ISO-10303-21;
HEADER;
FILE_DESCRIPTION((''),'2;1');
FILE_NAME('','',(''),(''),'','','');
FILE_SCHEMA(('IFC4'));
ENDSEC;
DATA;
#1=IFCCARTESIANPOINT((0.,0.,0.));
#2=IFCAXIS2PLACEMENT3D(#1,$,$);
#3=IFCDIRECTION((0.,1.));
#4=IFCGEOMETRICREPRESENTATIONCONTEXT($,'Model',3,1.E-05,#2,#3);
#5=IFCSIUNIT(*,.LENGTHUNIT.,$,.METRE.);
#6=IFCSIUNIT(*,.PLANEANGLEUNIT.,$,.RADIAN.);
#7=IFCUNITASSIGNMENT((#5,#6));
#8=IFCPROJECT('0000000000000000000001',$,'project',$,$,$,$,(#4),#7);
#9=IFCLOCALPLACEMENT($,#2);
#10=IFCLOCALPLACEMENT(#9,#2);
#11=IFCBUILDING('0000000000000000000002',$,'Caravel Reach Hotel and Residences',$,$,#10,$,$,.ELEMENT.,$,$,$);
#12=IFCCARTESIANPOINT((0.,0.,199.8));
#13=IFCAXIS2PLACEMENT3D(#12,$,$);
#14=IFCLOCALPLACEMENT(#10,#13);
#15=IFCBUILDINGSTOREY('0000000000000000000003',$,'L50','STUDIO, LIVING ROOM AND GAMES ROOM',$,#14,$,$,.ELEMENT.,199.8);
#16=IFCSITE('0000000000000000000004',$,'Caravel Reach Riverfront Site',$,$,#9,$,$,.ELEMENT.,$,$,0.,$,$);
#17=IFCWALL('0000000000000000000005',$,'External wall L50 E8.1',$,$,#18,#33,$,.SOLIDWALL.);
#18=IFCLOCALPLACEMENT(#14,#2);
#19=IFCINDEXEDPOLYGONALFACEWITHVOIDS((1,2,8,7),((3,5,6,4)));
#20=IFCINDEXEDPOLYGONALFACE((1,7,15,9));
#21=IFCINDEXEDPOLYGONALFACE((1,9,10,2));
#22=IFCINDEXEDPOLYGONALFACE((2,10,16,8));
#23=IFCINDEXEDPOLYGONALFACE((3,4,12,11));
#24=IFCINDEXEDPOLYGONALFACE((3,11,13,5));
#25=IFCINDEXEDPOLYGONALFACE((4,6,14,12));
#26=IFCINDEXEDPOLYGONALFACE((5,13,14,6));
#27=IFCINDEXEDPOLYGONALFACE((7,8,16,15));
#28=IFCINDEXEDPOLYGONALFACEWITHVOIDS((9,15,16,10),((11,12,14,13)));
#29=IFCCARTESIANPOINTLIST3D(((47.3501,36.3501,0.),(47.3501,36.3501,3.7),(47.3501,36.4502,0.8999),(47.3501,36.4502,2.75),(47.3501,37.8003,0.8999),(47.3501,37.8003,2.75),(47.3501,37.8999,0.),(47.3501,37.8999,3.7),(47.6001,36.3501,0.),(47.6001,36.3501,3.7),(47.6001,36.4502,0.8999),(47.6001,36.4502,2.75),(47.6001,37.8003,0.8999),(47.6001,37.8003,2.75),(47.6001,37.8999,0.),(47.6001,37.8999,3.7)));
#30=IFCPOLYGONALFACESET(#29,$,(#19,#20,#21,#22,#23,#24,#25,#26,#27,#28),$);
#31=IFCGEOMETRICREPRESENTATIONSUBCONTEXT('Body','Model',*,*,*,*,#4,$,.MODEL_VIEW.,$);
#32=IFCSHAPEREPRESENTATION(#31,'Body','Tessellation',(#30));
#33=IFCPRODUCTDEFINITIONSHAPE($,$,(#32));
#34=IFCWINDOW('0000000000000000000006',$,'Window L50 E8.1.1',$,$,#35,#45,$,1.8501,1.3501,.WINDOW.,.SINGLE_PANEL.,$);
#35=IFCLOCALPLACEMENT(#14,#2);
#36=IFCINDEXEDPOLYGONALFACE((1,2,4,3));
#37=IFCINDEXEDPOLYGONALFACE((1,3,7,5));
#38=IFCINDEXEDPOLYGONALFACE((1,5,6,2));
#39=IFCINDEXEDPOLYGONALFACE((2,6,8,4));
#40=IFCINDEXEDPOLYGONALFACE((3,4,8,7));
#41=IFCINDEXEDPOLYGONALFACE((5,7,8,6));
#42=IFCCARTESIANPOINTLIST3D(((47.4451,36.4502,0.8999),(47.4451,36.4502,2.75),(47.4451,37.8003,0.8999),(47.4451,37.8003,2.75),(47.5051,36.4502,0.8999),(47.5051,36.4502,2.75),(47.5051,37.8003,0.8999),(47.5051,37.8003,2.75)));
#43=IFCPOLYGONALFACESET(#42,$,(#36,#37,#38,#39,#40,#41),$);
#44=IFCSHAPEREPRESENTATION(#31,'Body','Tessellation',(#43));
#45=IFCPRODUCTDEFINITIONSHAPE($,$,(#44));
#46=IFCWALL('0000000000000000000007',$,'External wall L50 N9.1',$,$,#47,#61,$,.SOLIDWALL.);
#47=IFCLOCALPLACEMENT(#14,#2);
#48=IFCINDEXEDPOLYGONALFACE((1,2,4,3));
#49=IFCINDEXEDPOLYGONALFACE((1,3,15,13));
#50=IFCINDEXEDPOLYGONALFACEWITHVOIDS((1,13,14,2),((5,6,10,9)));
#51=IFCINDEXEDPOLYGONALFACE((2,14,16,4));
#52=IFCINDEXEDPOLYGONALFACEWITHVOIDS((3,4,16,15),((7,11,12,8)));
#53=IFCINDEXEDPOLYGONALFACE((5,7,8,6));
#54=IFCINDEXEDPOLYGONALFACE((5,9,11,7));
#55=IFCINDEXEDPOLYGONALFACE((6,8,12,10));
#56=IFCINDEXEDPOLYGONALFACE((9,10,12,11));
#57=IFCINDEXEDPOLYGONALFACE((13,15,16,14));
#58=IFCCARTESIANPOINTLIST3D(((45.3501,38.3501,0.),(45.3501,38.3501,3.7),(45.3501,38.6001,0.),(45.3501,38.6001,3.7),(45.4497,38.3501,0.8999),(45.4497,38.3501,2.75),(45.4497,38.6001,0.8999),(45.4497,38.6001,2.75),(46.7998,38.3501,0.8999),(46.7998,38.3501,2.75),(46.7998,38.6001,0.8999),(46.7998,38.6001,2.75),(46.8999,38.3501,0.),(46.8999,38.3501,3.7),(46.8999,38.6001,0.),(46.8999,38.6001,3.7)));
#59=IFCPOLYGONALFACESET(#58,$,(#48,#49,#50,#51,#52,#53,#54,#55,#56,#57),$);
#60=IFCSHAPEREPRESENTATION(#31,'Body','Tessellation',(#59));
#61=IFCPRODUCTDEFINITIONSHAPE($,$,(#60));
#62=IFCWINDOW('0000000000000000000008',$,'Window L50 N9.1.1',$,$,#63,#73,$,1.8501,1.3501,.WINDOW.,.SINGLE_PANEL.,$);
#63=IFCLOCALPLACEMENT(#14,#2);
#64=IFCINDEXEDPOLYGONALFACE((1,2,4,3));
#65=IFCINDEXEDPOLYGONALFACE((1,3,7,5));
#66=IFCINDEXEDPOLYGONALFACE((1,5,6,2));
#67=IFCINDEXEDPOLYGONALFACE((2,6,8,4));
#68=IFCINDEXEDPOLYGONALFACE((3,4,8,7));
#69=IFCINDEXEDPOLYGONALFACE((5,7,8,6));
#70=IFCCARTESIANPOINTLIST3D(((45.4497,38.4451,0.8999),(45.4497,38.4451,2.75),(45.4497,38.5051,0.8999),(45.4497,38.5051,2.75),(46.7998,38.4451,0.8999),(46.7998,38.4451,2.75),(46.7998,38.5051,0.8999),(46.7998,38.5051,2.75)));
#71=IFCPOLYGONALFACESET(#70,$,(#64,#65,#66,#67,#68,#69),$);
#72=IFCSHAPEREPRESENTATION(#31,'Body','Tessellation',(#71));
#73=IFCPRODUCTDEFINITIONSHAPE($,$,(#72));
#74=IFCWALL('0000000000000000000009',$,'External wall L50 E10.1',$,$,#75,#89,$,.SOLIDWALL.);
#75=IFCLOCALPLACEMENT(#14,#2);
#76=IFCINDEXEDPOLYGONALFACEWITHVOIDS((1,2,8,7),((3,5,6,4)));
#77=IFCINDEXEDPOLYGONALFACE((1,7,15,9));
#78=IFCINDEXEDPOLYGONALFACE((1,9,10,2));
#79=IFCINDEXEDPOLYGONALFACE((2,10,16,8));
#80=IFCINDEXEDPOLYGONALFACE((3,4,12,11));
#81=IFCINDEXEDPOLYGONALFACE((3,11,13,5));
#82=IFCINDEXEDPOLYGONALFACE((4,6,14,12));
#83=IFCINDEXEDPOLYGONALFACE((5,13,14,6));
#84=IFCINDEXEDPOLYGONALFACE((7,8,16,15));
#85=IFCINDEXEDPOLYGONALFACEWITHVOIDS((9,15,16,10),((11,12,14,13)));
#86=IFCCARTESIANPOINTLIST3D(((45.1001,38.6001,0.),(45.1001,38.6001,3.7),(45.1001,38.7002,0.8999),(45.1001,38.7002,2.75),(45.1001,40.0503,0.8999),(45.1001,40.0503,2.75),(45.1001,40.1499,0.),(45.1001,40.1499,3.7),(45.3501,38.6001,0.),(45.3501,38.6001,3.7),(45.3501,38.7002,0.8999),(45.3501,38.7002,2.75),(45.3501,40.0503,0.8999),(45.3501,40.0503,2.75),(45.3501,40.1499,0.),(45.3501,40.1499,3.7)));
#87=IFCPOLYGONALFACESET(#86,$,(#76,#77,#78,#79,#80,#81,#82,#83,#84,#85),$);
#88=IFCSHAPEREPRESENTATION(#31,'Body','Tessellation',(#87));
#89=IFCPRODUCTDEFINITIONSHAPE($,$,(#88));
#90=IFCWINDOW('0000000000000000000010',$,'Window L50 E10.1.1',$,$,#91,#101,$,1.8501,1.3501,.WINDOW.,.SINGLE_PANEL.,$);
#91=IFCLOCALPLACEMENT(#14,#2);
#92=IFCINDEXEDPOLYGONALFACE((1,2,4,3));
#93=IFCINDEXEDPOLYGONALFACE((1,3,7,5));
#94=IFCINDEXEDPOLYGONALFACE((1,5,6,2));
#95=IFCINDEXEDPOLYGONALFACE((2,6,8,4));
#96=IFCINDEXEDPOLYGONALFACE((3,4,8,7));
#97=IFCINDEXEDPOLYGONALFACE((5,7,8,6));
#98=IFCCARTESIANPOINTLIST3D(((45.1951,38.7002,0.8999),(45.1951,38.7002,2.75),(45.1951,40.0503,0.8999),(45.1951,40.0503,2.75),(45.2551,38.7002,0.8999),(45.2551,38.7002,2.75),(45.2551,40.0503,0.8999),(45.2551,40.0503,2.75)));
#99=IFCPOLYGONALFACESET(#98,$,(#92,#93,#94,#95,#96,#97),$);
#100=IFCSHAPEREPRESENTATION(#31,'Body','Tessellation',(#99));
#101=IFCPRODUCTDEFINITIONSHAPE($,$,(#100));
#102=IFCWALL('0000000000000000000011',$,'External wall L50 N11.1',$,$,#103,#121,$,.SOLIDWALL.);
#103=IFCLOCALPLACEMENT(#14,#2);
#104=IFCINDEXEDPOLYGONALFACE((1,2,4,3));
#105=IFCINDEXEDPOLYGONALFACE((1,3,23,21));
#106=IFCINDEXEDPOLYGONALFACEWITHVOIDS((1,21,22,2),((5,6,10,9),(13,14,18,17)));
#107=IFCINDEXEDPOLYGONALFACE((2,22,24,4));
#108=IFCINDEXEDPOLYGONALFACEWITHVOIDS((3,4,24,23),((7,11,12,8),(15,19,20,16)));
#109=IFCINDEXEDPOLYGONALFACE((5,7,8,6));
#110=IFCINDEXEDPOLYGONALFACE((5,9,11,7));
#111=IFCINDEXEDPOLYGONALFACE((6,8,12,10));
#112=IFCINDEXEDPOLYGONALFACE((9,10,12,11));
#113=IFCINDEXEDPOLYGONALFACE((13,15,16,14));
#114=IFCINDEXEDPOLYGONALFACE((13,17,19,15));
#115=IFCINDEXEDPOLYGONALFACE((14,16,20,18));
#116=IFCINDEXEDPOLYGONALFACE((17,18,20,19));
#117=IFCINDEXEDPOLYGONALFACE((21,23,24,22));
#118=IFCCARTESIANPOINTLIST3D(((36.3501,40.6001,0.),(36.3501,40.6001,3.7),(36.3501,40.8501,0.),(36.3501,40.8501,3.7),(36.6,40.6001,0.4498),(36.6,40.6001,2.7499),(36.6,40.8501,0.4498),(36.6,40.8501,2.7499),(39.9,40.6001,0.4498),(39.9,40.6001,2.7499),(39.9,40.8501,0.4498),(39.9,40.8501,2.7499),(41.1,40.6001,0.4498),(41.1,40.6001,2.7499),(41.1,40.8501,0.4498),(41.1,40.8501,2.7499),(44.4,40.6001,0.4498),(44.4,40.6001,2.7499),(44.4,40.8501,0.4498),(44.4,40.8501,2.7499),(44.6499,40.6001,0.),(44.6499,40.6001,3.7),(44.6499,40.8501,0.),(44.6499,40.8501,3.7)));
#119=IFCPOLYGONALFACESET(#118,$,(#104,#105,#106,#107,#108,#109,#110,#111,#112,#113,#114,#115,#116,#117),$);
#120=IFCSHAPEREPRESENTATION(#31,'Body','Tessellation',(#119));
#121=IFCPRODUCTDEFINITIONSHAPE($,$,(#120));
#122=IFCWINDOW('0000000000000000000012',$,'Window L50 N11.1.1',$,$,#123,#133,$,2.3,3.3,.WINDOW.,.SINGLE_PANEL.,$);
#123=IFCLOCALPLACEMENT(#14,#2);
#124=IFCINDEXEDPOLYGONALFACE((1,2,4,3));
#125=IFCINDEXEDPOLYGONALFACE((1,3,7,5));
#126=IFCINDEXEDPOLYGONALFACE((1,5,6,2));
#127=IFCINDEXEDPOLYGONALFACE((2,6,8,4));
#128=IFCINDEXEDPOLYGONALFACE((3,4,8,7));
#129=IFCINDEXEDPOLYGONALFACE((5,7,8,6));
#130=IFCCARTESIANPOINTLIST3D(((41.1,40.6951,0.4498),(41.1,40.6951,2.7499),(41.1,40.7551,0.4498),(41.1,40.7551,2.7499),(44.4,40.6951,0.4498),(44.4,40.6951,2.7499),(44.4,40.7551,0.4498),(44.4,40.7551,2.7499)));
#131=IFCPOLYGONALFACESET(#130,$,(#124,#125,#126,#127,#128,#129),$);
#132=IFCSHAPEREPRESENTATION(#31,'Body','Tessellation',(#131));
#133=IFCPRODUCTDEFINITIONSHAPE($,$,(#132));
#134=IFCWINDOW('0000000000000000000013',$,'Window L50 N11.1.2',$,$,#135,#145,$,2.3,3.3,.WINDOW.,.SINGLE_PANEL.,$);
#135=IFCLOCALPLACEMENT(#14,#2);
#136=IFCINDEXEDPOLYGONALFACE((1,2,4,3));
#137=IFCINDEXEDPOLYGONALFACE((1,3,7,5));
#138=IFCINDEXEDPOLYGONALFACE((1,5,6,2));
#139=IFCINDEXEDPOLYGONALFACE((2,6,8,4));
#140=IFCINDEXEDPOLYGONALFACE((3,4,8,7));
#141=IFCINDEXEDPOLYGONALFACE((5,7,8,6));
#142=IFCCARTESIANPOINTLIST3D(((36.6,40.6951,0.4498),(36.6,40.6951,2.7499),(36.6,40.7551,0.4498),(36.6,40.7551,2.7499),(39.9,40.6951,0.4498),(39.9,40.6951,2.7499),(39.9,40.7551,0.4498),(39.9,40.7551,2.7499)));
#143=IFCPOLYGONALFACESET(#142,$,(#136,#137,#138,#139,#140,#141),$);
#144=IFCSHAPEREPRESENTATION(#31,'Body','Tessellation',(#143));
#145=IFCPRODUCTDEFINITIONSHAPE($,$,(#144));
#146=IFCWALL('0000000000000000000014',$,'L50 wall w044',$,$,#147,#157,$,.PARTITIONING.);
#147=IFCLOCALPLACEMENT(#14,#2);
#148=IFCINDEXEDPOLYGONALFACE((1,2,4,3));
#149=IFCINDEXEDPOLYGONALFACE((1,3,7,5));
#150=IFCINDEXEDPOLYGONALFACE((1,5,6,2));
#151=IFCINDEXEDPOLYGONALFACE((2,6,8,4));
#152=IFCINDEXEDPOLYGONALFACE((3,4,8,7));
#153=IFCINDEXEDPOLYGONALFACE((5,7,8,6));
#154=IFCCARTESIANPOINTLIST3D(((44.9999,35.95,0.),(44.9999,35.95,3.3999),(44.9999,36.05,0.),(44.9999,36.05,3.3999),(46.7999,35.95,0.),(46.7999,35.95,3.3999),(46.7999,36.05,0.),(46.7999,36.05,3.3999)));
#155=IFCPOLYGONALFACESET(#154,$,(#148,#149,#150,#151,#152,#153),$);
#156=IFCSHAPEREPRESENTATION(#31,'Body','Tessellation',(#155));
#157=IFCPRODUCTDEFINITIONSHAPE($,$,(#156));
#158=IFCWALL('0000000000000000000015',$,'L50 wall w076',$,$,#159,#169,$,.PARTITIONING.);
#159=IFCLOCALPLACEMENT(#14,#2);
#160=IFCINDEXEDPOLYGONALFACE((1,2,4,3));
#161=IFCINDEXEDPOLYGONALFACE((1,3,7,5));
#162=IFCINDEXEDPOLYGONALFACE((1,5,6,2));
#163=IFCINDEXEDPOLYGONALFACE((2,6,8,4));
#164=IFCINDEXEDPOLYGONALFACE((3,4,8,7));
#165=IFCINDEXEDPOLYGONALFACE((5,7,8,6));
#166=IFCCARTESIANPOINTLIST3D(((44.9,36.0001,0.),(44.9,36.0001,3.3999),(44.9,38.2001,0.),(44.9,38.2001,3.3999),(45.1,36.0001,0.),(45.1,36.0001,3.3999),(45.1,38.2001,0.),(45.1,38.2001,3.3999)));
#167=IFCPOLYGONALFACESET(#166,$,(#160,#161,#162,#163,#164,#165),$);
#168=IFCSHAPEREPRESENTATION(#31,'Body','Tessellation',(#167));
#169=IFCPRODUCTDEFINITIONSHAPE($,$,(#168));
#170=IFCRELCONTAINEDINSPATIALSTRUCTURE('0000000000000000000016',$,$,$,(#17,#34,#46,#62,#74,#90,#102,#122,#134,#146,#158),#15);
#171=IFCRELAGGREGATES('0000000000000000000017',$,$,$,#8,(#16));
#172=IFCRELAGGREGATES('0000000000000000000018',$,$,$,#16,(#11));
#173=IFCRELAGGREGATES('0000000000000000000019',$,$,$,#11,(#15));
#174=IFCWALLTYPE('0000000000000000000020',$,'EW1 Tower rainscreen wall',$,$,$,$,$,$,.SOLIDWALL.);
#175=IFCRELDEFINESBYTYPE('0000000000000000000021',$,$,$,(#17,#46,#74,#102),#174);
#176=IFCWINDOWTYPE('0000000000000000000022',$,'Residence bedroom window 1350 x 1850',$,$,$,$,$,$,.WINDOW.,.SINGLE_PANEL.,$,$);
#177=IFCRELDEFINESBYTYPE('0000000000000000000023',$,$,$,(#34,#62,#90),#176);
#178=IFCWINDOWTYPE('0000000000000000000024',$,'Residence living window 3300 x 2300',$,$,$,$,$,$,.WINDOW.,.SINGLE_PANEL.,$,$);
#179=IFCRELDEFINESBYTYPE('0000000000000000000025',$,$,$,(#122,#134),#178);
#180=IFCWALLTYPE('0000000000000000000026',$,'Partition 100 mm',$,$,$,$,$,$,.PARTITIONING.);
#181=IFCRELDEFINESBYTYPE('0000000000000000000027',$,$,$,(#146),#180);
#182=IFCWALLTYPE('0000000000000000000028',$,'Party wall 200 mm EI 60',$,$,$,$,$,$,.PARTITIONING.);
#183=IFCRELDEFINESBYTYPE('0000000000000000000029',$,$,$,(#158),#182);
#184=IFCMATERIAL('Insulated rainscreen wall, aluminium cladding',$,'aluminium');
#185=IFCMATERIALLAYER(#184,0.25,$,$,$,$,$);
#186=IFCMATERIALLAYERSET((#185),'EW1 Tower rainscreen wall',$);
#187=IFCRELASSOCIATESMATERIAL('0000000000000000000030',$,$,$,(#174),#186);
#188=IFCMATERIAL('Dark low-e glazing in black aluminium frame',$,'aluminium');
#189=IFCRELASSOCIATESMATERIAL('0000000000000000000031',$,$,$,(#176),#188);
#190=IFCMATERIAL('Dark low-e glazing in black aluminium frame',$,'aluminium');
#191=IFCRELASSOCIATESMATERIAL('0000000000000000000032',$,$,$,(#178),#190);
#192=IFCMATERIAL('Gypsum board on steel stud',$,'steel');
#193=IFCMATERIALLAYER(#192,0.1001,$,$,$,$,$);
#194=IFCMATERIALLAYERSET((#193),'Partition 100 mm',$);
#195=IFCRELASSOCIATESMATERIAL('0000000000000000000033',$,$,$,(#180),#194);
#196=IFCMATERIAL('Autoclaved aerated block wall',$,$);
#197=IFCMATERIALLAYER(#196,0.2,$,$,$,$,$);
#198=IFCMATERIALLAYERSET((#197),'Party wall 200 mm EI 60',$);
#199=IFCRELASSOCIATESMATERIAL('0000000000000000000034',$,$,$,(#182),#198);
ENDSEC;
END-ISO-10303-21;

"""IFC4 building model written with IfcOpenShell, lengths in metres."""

from ifc_helpers import new_model, si_unit, direction, frame, frame_2d, origin, place, context, subcontext, project, spatial, rectangle, extrude, material, layer, layer_set, type_object, element, fill, save


model = new_model("IFC4")

# Units and contexts
model_context = context("Model", 3, precision=1e-05, world=origin(), true_north=direction((0.0, 1.0)))
body_context = subcontext(model_context, "Body", "Model", "MODEL_VIEW")
ifc_project = project(units=[si_unit("LENGTHUNIT", "METRE"), si_unit("PLANEANGLEUNIT", "RADIAN")], contexts=[model_context])

# Site, building, storey
site_placement = place(None, origin())
site = spatial("IfcSite", under=ifc_project, at=site_placement, Name="Caravel Reach Riverfront Site", CompositionType="ELEMENT", RefElevation=0.0)
building_placement = place(site_placement, origin())
building = spatial("IfcBuilding", under=site, at=building_placement, Name="Caravel Reach Hotel and Residences", CompositionType="ELEMENT")
storey_placement = place(building_placement, frame((0.0, 0.0, 199.8)))
storey = spatial("IfcBuildingStorey", under=building, at=storey_placement, Name="L50", Description="STUDIO, LIVING ROOM AND GAMES ROOM", CompositionType="ELEMENT", Elevation=199.8)

# Walls, openings, windows
ifc_material_1 = material(Name="Insulated rainscreen wall, aluminium cladding", Category="aluminium")
ifc_layer_1 = layer(ifc_material_1, 0.25)
ifc_layer_set_1 = layer_set([ifc_layer_1], Name="EW1 Tower rainscreen wall")
wall_type_1 = type_object("IfcWallType", Name="EW1 Tower rainscreen wall", PredefinedType="SOLIDWALL", material=ifc_layer_set_1)
ifc_material_2 = material(Name="Dark low-e glazing in black aluminium frame", Category="aluminium")
window_type_1 = type_object("IfcWindowType", Name="Residence bedroom window 1350 x 1850", PartitioningType="SINGLE_PANEL", PredefinedType="WINDOW", material=ifc_material_2)
wall_1_placement = place(storey_placement, frame((47.4751, 36.3501, 0.0), z_axis=(0.0, 0.0, 1.0), x_axis=(0.0, 1.0, 0.0)))
wall_1 = element("IfcWall", 1, at=wall_1_placement, inside=storey, type_object=wall_type_1, Name="External wall L50 E8.1", PredefinedType="SOLIDWALL", context=body_context, shape_type="SweptSolid", body=[
    extrude(rectangle(XDim=1.5498, YDim=0.25, at=frame_2d((0.7749, 0.0))), origin(), (0.0, 0.0, 1.0), 3.7),
])
opening_1_placement = place(wall_1_placement, frame((0.1001, 0.0, 0.8999)))
opening_1 = element("IfcOpeningElement", 2, at=opening_1_placement, cuts=wall_1, PredefinedType="OPENING", context=body_context, shape_type="SweptSolid", body=[
    extrude(rectangle(XDim=1.3501, YDim=1.8501, at=frame_2d((0.675, 0.925))), frame((0.0, 0.135, 0.0), z_axis=(0.0, -1.0, 0.0), x_axis=(1.0, 0.0, 0.0)), (0.0, 0.0, 1.0), 0.27),
])
window_1_placement = place(opening_1_placement, origin())
window_1 = element("IfcWindow", 3, at=window_1_placement, inside=storey, type_object=window_type_1, Name="Window L50 E8.1.1", OverallHeight=1.8501, OverallWidth=1.3501, PartitioningType="SINGLE_PANEL", PredefinedType="WINDOW", context=body_context, shape_type="SweptSolid", body=[
    extrude(rectangle(XDim=1.3501, YDim=1.8501, at=frame_2d((0.675, 0.925))), frame((0.0, 0.03, 0.0), z_axis=(0.0, -1.0, 0.0), x_axis=(1.0, 0.0, 0.0)), (0.0, 0.0, 1.0), 0.0601),
])
fill(opening_1, window_1)
wall_2_placement = place(storey_placement, frame((46.8999, 38.4751, 0.0), z_axis=(0.0, 0.0, 1.0), x_axis=(-1.0, 0.0, 0.0)))
wall_2 = element("IfcWall", 4, at=wall_2_placement, inside=storey, type_object=wall_type_1, Name="External wall L50 N9.1", PredefinedType="SOLIDWALL", context=body_context, shape_type="SweptSolid", body=[
    extrude(rectangle(XDim=1.5498, YDim=0.25, at=frame_2d((0.7749, 0.0))), origin(), (0.0, 0.0, 1.0), 3.7),
])
opening_2_placement = place(wall_2_placement, frame((0.1001, 0.0, 0.8999)))
opening_2 = element("IfcOpeningElement", 5, at=opening_2_placement, cuts=wall_2, PredefinedType="OPENING", context=body_context, shape_type="SweptSolid", body=[
    extrude(rectangle(XDim=1.3501, YDim=1.8501, at=frame_2d((0.675, 0.925))), frame((0.0, 0.135, 0.0), z_axis=(0.0, -1.0, 0.0), x_axis=(1.0, 0.0, 0.0)), (0.0, 0.0, 1.0), 0.27),
])
window_2_placement = place(opening_2_placement, origin())
window_2 = element("IfcWindow", 6, at=window_2_placement, inside=storey, type_object=window_type_1, Name="Window L50 N9.1.1", OverallHeight=1.8501, OverallWidth=1.3501, PartitioningType="SINGLE_PANEL", PredefinedType="WINDOW", context=body_context, shape_type="SweptSolid", body=[
    extrude(rectangle(XDim=1.3501, YDim=1.8501, at=frame_2d((0.675, 0.925))), frame((0.0, 0.03, 0.0), z_axis=(0.0, -1.0, 0.0), x_axis=(1.0, 0.0, 0.0)), (0.0, 0.0, 1.0), 0.0601),
])
fill(opening_2, window_2)
wall_3_placement = place(storey_placement, frame((45.2251, 38.6001, 0.0), z_axis=(0.0, 0.0, 1.0), x_axis=(0.0, 1.0, 0.0)))
wall_3 = element("IfcWall", 7, at=wall_3_placement, inside=storey, type_object=wall_type_1, Name="External wall L50 E10.1", PredefinedType="SOLIDWALL", context=body_context, shape_type="SweptSolid", body=[
    extrude(rectangle(XDim=1.5498, YDim=0.25, at=frame_2d((0.7749, 0.0))), origin(), (0.0, 0.0, 1.0), 3.7),
])
opening_3_placement = place(wall_3_placement, frame((0.1001, 0.0, 0.8999)))
opening_3 = element("IfcOpeningElement", 8, at=opening_3_placement, cuts=wall_3, PredefinedType="OPENING", context=body_context, shape_type="SweptSolid", body=[
    extrude(rectangle(XDim=1.3501, YDim=1.8501, at=frame_2d((0.675, 0.925))), frame((0.0, 0.135, 0.0), z_axis=(0.0, -1.0, 0.0), x_axis=(1.0, 0.0, 0.0)), (0.0, 0.0, 1.0), 0.27),
])
window_3_placement = place(opening_3_placement, origin())
window_3 = element("IfcWindow", 9, at=window_3_placement, inside=storey, type_object=window_type_1, Name="Window L50 E10.1.1", OverallHeight=1.8501, OverallWidth=1.3501, PartitioningType="SINGLE_PANEL", PredefinedType="WINDOW", context=body_context, shape_type="SweptSolid", body=[
    extrude(rectangle(XDim=1.3501, YDim=1.8501, at=frame_2d((0.675, 0.925))), frame((0.0, 0.03, 0.0), z_axis=(0.0, -1.0, 0.0), x_axis=(1.0, 0.0, 0.0)), (0.0, 0.0, 1.0), 0.0601),
])
fill(opening_3, window_3)

# Wall, openings, windows
wall_4_placement = place(storey_placement, frame((44.6499, 40.7251, 0.0), z_axis=(0.0, 0.0, 1.0), x_axis=(-1.0, 0.0, 0.0)))
wall_4 = element("IfcWall", 10, at=wall_4_placement, inside=storey, type_object=wall_type_1, Name="External wall L50 N11.1", PredefinedType="SOLIDWALL", context=body_context, shape_type="SweptSolid", body=[
    extrude(rectangle(XDim=8.2998, YDim=0.25, at=frame_2d((4.1499, 0.0))), origin(), (0.0, 0.0, 1.0), 3.7),
])
opening_4_placement = place(wall_4_placement, frame((0.25, 0.0, 0.45)))
opening_4 = element("IfcOpeningElement", 11, at=opening_4_placement, cuts=wall_4, PredefinedType="OPENING", context=body_context, shape_type="SweptSolid", body=[
    extrude(rectangle(XDim=3.3, YDim=2.3, at=frame_2d((1.6499, 1.1499))), frame((0.0, 0.135, 0.0), z_axis=(0.0, -1.0, 0.0), x_axis=(1.0, 0.0, 0.0)), (0.0, 0.0, 1.0), 0.27),
])
opening_5_placement = place(wall_4_placement, frame((4.75, 0.0, 0.45)))
opening_5 = element("IfcOpeningElement", 12, at=opening_5_placement, cuts=wall_4, PredefinedType="OPENING", context=body_context, shape_type="SweptSolid", body=[
    extrude(rectangle(XDim=3.3, YDim=2.3, at=frame_2d((1.6499, 1.1499))), frame((0.0, 0.135, 0.0), z_axis=(0.0, -1.0, 0.0), x_axis=(1.0, 0.0, 0.0)), (0.0, 0.0, 1.0), 0.27),
])
ifc_material_3 = material(Name="Dark low-e glazing in black aluminium frame", Category="aluminium")
window_type_2 = type_object("IfcWindowType", Name="Residence living window 3300 x 2300", PartitioningType="SINGLE_PANEL", PredefinedType="WINDOW", material=ifc_material_3)
window_4_placement = place(opening_4_placement, origin())
window_4 = element("IfcWindow", 13, at=window_4_placement, inside=storey, type_object=window_type_2, Name="Window L50 N11.1.1", OverallHeight=2.3, OverallWidth=3.3, PartitioningType="SINGLE_PANEL", PredefinedType="WINDOW", context=body_context, shape_type="SweptSolid", body=[
    extrude(rectangle(XDim=3.3, YDim=2.3, at=frame_2d((1.6499, 1.1499))), frame((0.0, 0.03, 0.0), z_axis=(0.0, -1.0, 0.0), x_axis=(1.0, 0.0, 0.0)), (0.0, 0.0, 1.0), 0.0601),
])
fill(opening_4, window_4)
window_5_placement = place(opening_5_placement, origin())
window_5 = element("IfcWindow", 14, at=window_5_placement, inside=storey, type_object=window_type_2, Name="Window L50 N11.1.2", OverallHeight=2.3, OverallWidth=3.3, PartitioningType="SINGLE_PANEL", PredefinedType="WINDOW", context=body_context, shape_type="SweptSolid", body=[
    extrude(rectangle(XDim=3.3, YDim=2.3, at=frame_2d((1.6499, 1.1499))), frame((0.0, 0.03, 0.0), z_axis=(0.0, -1.0, 0.0), x_axis=(1.0, 0.0, 0.0)), (0.0, 0.0, 1.0), 0.0601),
])
fill(opening_5, window_5)

# Walls
ifc_material_4 = material(Name="Gypsum board on steel stud", Category="steel")
ifc_layer_2 = layer(ifc_material_4, 0.1001)
ifc_layer_set_2 = layer_set([ifc_layer_2], Name="Partition 100 mm")
wall_type_2 = type_object("IfcWallType", Name="Partition 100 mm", PredefinedType="PARTITIONING", material=ifc_layer_set_2)
wall_5_placement = place(storey_placement, frame((45.0, 36.0, 0.0), z_axis=(0.0, 0.0, 1.0), x_axis=(1.0, 0.0, 0.0)))
element("IfcWall", 15, at=wall_5_placement, inside=storey, type_object=wall_type_2, Name="L50 wall w044", PredefinedType="PARTITIONING", context=body_context, shape_type="SweptSolid", body=[
    extrude(rectangle(XDim=1.8, YDim=0.1001, at=frame_2d((0.8999, 0.0))), origin(), (0.0, 0.0, 1.0), 3.3999),
])
ifc_material_5 = material(Name="Autoclaved aerated block wall")
ifc_layer_3 = layer(ifc_material_5, 0.2)
ifc_layer_set_3 = layer_set([ifc_layer_3], Name="Party wall 200 mm EI 60")
wall_type_3 = type_object("IfcWallType", Name="Party wall 200 mm EI 60", PredefinedType="PARTITIONING", material=ifc_layer_set_3)
wall_6_placement = place(storey_placement, frame((45.0, 36.0, 0.0), z_axis=(0.0, 0.0, 1.0), x_axis=(0.0, 1.0, 0.0)))
element("IfcWall", 16, at=wall_6_placement, inside=storey, type_object=wall_type_3, Name="L50 wall w076", PredefinedType="PARTITIONING", context=body_context, shape_type="SweptSolid", body=[
    extrude(rectangle(XDim=2.2, YDim=0.2, at=frame_2d((1.1001, 0.0))), origin(), (0.0, 0.0, 1.0), 3.3999),
])

save(model, "model.ifc")
